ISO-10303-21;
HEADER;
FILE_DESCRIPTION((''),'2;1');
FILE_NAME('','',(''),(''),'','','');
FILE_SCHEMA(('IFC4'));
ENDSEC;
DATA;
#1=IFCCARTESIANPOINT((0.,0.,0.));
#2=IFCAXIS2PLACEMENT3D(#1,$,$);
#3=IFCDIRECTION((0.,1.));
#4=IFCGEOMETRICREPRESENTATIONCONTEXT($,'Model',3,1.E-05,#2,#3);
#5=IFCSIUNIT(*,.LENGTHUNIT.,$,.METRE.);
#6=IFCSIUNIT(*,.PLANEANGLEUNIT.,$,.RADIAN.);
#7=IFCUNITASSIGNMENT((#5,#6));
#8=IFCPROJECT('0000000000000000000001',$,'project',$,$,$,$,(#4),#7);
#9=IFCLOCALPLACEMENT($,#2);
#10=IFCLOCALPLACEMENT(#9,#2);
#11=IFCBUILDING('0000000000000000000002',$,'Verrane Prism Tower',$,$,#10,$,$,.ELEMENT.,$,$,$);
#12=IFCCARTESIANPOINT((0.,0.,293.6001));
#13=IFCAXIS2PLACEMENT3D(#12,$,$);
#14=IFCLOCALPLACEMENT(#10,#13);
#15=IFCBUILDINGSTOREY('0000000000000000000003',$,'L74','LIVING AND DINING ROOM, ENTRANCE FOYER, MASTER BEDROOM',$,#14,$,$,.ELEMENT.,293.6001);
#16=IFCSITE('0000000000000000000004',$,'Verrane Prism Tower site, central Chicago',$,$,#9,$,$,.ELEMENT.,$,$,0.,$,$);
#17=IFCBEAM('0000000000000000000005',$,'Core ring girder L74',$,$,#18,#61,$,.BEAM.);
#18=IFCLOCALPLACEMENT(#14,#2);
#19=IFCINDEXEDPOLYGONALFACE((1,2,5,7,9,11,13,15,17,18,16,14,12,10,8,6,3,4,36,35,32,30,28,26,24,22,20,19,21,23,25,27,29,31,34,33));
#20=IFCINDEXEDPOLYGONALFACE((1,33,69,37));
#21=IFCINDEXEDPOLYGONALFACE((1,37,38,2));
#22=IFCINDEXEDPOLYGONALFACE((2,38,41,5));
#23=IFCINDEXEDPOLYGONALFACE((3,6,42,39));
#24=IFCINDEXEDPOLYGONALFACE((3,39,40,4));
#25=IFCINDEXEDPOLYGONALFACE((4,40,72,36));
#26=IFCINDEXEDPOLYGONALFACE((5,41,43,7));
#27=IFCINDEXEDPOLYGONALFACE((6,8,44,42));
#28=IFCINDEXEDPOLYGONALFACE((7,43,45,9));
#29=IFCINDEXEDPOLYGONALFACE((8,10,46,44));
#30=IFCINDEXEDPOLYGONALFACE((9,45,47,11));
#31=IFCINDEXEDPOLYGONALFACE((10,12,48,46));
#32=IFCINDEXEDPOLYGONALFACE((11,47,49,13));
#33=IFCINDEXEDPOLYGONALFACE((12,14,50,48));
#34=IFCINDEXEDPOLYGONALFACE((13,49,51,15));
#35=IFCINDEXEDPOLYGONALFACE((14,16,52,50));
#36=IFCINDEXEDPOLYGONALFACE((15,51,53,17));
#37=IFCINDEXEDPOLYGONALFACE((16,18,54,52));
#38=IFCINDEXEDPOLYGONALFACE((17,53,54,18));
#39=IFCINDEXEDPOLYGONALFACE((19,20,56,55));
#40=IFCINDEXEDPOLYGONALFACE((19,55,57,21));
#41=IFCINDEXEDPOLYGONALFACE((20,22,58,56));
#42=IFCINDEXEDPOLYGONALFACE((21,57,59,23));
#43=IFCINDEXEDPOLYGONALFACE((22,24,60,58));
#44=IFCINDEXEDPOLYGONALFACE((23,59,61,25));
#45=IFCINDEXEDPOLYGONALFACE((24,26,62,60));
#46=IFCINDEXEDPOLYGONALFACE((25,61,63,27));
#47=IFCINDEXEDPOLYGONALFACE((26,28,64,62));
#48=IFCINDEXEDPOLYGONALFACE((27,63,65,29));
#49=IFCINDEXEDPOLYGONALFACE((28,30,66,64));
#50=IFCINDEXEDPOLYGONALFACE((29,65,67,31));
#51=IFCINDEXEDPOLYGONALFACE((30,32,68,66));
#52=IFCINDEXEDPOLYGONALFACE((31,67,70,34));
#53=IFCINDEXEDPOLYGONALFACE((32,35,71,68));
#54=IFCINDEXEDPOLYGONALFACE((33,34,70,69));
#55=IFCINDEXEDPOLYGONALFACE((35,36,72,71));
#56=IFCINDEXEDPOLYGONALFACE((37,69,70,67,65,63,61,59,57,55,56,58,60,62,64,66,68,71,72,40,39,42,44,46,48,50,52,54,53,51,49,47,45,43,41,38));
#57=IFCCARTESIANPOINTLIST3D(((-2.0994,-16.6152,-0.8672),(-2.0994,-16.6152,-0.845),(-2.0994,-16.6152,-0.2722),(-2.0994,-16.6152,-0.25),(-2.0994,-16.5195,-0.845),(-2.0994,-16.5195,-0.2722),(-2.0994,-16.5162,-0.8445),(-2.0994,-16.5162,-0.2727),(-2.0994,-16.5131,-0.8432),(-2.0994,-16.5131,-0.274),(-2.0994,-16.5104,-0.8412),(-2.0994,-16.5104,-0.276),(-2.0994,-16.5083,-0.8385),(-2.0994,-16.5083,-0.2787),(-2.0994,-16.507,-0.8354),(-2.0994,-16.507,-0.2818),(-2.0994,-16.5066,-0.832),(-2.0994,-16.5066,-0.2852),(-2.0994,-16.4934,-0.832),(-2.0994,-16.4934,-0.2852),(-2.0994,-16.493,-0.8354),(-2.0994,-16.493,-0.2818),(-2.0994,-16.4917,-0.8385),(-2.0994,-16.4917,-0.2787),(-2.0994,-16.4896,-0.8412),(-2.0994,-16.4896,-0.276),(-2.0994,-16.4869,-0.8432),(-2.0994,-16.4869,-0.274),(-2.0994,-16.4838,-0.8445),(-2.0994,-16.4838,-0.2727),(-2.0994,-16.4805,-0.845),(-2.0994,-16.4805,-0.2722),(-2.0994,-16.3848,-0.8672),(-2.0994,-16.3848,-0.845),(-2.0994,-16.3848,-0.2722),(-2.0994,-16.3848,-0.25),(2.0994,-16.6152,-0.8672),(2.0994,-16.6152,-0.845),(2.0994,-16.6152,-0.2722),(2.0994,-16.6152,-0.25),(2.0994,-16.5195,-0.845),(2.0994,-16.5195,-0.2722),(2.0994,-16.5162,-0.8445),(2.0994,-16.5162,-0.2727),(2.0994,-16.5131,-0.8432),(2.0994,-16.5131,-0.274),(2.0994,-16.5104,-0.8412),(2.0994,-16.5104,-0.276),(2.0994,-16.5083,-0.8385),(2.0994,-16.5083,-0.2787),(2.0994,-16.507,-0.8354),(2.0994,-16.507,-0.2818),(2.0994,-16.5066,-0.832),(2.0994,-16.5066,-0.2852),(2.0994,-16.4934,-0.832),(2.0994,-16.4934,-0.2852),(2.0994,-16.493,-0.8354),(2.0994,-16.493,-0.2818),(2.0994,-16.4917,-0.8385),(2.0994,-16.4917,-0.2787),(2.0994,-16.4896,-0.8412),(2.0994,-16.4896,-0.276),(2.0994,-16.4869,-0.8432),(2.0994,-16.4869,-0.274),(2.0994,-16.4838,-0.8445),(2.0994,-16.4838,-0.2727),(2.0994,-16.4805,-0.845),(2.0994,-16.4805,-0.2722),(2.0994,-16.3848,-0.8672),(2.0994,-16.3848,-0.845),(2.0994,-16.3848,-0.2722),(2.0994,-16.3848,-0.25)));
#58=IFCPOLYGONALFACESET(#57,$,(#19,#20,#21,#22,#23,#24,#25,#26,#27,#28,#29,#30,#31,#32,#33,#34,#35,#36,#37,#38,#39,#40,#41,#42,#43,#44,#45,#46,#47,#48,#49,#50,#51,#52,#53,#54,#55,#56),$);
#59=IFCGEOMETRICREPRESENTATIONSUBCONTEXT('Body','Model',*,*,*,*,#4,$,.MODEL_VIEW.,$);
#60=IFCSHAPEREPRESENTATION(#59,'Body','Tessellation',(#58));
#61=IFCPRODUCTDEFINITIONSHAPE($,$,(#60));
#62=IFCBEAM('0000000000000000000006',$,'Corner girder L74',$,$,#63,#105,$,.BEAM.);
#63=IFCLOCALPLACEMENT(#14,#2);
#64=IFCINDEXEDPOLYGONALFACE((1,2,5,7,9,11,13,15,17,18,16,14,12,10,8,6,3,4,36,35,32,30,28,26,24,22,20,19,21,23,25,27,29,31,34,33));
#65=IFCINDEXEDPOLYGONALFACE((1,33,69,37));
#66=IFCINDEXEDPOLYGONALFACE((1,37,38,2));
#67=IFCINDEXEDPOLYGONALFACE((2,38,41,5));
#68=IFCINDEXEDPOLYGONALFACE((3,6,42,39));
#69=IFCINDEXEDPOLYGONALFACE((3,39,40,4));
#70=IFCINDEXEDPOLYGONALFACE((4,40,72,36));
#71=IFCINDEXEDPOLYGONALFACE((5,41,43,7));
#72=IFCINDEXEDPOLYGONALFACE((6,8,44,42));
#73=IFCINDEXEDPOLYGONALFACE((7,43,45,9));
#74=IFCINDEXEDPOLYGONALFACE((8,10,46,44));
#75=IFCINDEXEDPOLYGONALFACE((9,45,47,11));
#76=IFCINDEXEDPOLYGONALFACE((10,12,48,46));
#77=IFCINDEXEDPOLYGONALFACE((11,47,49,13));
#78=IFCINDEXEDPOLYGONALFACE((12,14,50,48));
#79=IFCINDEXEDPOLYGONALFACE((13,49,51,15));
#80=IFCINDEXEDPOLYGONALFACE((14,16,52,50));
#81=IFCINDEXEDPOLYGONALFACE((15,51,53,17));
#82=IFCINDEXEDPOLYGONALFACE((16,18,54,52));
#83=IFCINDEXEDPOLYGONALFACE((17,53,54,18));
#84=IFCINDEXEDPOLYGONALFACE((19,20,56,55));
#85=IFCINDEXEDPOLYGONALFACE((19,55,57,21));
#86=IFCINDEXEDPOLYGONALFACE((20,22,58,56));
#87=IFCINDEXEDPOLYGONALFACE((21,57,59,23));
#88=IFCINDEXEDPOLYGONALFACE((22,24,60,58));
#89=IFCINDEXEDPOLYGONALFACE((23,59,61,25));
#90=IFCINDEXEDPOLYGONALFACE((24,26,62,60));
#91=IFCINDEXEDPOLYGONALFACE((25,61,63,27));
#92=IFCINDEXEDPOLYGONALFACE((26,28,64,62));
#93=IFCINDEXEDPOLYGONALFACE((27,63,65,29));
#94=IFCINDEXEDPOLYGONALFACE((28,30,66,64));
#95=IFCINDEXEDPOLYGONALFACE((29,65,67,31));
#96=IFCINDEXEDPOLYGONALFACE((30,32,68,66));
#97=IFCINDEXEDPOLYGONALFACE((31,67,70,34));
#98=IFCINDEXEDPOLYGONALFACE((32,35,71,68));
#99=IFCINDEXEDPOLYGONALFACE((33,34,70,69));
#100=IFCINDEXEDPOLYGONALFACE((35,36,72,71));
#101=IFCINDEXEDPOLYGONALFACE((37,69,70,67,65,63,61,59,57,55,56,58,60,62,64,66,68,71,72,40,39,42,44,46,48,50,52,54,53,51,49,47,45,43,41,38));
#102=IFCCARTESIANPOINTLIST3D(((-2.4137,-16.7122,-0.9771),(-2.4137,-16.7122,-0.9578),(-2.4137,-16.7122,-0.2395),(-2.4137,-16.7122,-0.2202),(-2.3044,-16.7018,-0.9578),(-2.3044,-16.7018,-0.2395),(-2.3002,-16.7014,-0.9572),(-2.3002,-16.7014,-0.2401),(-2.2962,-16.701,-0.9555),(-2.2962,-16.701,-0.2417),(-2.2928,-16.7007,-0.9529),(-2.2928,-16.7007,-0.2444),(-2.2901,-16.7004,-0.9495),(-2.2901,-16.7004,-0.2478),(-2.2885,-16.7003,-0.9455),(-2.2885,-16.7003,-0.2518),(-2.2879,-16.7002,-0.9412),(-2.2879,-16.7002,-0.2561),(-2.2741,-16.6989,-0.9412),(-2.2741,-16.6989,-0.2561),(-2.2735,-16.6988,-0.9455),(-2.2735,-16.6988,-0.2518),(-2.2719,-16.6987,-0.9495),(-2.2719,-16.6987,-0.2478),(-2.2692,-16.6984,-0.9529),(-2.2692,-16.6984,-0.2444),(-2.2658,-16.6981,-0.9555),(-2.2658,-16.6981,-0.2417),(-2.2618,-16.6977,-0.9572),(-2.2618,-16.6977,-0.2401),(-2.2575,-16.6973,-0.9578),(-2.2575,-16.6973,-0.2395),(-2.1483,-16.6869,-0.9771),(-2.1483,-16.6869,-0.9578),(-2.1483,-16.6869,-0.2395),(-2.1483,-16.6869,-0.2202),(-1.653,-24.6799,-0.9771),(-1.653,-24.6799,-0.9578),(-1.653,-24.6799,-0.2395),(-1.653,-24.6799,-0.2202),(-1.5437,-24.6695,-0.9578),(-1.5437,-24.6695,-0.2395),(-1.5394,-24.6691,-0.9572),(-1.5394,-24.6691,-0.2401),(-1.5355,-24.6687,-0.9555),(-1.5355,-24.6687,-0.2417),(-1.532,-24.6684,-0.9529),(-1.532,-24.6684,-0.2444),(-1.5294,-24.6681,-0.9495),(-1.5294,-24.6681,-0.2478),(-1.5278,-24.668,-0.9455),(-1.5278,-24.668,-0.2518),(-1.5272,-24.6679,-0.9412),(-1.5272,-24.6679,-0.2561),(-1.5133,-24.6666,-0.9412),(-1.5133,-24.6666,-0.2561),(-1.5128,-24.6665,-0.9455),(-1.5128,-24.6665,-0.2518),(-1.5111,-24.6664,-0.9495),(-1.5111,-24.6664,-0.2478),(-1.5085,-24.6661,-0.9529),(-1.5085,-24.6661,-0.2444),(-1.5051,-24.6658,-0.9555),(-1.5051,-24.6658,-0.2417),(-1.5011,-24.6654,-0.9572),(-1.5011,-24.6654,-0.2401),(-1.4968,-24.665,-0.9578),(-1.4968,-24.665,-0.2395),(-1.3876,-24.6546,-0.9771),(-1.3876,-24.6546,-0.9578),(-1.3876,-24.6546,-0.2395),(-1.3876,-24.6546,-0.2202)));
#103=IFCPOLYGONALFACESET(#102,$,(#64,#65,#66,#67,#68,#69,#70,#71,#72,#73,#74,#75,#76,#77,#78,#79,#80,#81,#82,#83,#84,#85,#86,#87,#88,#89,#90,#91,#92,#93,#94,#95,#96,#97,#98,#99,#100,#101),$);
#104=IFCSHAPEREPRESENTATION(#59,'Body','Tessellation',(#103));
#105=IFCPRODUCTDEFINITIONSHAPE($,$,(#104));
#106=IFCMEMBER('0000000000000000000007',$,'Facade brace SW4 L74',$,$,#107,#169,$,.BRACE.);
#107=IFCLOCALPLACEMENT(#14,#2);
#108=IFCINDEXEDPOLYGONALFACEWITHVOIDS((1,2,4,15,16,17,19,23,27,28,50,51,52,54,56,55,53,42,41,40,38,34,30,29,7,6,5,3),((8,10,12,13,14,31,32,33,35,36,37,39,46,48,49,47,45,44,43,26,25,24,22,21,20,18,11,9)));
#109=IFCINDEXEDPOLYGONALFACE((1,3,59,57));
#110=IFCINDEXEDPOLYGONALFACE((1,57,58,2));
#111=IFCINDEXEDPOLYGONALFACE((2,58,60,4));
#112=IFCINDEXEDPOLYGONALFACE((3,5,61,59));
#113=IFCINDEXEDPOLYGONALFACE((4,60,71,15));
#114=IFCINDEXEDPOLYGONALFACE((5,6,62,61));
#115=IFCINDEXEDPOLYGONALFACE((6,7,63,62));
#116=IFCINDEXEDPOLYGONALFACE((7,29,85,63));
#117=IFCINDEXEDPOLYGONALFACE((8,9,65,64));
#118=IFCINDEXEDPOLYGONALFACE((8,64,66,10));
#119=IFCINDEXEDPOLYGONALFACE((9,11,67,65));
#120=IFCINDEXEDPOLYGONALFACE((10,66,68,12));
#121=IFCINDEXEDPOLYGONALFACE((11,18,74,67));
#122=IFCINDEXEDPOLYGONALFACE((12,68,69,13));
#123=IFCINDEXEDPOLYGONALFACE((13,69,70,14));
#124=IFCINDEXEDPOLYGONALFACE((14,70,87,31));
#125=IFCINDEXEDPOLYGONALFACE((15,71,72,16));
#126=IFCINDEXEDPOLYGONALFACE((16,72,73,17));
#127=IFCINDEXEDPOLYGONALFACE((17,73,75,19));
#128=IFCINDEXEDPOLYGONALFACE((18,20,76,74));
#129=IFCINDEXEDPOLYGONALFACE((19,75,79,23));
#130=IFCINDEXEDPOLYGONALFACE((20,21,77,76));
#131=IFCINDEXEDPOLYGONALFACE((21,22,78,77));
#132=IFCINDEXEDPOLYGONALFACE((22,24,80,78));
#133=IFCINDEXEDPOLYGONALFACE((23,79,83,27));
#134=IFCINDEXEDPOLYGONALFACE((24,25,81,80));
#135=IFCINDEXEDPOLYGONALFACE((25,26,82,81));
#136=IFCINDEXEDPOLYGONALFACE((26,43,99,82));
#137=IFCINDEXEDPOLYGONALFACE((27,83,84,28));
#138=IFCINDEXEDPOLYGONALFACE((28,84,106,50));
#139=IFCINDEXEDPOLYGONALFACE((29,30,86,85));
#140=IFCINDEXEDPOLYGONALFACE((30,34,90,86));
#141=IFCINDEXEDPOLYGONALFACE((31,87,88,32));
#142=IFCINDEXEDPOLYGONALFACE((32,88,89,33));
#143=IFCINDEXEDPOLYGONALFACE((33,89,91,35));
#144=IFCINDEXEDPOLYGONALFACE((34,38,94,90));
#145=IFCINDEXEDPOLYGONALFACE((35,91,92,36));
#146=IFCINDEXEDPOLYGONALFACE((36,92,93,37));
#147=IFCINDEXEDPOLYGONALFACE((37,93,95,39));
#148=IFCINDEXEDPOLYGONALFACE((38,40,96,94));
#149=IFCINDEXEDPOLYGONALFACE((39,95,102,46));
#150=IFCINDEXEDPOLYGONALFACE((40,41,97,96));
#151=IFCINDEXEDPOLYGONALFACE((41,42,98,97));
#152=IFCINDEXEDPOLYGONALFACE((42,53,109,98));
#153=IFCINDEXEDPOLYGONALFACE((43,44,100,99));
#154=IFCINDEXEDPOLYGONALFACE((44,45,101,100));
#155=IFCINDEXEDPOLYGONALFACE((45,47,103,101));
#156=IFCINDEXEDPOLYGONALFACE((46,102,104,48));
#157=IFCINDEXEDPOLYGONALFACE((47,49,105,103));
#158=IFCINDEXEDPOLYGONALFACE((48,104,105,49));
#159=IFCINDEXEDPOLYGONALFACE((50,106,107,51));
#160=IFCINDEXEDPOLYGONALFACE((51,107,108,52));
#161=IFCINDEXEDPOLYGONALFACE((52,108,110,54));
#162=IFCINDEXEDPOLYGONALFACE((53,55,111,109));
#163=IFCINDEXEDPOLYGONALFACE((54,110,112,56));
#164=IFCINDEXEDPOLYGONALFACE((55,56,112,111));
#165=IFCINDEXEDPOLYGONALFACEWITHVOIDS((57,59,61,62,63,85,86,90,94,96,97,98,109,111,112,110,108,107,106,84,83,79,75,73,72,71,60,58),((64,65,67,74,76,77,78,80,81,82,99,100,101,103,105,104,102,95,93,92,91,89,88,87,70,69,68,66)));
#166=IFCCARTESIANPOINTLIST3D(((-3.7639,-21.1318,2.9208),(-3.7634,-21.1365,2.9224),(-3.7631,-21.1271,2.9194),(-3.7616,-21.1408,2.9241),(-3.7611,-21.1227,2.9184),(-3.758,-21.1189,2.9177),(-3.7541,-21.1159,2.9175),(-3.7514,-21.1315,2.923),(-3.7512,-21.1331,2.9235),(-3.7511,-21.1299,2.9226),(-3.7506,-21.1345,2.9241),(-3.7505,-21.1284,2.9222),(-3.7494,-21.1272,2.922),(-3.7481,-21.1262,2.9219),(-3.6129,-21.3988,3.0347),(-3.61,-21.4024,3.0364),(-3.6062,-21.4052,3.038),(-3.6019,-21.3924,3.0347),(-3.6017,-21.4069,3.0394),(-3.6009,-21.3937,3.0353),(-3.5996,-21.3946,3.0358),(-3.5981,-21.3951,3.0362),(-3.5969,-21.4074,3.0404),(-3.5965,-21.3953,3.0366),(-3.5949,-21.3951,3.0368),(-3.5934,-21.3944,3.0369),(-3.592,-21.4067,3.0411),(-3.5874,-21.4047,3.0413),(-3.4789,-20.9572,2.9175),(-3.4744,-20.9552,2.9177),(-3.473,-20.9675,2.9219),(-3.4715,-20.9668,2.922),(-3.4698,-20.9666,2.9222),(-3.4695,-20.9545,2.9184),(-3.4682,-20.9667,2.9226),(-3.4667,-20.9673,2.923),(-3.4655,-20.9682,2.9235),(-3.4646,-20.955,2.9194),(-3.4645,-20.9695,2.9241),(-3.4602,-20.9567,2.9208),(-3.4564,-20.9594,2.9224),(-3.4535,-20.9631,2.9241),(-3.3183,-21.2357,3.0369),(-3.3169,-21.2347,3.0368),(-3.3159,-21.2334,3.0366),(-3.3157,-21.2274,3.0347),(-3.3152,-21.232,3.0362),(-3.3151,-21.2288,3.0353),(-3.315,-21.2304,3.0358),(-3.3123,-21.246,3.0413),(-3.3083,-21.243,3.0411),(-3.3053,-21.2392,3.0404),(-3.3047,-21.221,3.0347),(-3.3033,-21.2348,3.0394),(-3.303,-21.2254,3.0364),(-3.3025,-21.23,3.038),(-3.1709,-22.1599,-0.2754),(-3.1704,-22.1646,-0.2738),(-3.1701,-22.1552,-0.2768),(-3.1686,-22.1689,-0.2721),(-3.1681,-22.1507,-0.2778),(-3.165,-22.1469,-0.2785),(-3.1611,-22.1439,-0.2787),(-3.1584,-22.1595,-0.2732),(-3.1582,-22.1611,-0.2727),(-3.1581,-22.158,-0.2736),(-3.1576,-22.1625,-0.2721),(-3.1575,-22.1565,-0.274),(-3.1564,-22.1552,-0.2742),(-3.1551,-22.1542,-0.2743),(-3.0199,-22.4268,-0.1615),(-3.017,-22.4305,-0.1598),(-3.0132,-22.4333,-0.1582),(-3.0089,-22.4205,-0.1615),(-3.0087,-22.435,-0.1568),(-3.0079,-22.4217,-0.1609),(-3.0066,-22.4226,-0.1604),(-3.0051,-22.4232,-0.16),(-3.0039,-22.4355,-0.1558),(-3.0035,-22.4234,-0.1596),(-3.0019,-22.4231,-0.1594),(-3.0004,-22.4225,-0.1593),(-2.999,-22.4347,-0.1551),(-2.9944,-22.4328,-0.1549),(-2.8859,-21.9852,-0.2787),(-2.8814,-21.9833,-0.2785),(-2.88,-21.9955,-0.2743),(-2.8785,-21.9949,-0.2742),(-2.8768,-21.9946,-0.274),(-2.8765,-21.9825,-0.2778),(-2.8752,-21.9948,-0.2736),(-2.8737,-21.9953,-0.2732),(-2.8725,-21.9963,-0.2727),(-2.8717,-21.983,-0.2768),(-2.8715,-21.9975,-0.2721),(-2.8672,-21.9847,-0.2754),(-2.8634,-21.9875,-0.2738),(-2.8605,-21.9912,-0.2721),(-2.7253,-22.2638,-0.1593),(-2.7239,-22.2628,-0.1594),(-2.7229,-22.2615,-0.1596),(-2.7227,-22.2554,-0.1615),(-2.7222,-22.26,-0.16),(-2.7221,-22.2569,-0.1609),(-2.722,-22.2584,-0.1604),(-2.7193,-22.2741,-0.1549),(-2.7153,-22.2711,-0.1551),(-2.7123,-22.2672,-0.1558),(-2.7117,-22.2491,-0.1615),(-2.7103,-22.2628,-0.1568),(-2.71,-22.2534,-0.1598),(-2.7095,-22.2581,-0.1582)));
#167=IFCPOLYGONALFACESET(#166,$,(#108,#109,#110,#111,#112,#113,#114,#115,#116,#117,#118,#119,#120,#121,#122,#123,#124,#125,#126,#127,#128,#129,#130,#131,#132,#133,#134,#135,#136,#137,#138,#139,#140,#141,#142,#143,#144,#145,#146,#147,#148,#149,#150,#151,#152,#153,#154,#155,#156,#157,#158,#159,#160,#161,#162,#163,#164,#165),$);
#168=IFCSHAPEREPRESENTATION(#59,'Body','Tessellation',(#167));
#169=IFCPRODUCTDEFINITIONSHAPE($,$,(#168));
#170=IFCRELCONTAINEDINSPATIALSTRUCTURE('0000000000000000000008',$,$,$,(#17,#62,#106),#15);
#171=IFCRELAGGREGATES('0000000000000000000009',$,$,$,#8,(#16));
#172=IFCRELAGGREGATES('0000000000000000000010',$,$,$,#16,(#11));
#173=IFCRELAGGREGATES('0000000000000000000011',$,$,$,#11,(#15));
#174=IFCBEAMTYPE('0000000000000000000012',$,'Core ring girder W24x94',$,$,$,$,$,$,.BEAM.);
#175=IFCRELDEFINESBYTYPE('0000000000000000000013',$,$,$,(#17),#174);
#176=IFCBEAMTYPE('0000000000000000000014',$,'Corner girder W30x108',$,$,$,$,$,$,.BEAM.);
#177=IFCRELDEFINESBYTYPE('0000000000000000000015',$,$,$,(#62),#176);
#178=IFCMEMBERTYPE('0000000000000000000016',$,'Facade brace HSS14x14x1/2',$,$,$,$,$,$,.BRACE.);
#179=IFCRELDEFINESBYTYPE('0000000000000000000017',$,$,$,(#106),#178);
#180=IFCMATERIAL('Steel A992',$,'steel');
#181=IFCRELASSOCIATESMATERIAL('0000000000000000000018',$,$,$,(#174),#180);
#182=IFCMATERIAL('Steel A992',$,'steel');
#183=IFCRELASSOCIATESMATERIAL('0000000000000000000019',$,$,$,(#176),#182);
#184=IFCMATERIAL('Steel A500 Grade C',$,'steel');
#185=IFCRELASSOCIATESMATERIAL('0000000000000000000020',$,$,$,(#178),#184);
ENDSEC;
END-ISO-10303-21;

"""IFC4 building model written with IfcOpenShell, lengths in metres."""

from ifc_helpers import new_model, si_unit, direction, frame, origin, origin_2d, place, context, subcontext, project, spatial, hollow_rectangle, i_section, extrude, material, material_profile, profile_set, type_object, element, save


model = new_model("IFC4")

# Units and contexts
model_context = context("Model", 3, precision=1e-05, world=origin(), true_north=direction((0.0, 1.0)))
body_context = subcontext(model_context, "Body", "Model", "MODEL_VIEW")
ifc_project = project(units=[si_unit("LENGTHUNIT", "METRE"), si_unit("PLANEANGLEUNIT", "RADIAN")], contexts=[model_context])

# Site, building, storey
site_placement = place(None, origin())
site = spatial("IfcSite", under=ifc_project, at=site_placement, Name="Verrane Prism Tower site, central Chicago", CompositionType="ELEMENT", RefElevation=0.0)
building_placement = place(site_placement, origin())
building = spatial("IfcBuilding", under=site, at=building_placement, Name="Verrane Prism Tower", CompositionType="ELEMENT")
storey_placement = place(building_placement, frame((0.0, 0.0, 293.6001)))
storey = spatial("IfcBuildingStorey", under=building, at=storey_placement, Name="L74", Description="LIVING AND DINING ROOM, ENTRANCE FOYER, MASTER BEDROOM", CompositionType="ELEMENT", Elevation=293.6001)

# Beams
ifc_material_1 = material(Name="Steel A992", Category="steel")
ifc_material_profile_1 = material_profile(ifc_material_1, i_section(OverallWidth=0.2305, OverallDepth=0.6172, WebThickness=0.0132, FlangeThickness=0.0222, FilletRadius=0.0129, at=origin_2d()), Name="W24x94")
ifc_profile_set_1 = profile_set([ifc_material_profile_1], Name="Steel A992")
beam_type_1 = type_object("IfcBeamType", Name="Core ring girder W24x94", PredefinedType="BEAM", material=ifc_profile_set_1)
beam_1_placement = place(storey_placement, frame((-2.0994, -16.5, -0.5586), z_axis=(1.0, 0.0, 0.0), x_axis=(0.0, 1.0, 0.0)))
element("IfcBeam", 1, at=beam_1_placement, inside=storey, type_object=beam_type_1, Name="Core ring girder L74", PredefinedType="BEAM", context=body_context, shape_type="SweptSolid", body=[
    extrude(i_section(OverallWidth=0.2305, OverallDepth=0.6172, WebThickness=0.0132, FlangeThickness=0.0222, FilletRadius=0.0129, at=origin_2d()), origin(), (0.0, 0.0, 1.0), 4.1987),
])
ifc_material_2 = material(Name="Steel A992", Category="steel")
ifc_material_profile_2 = material_profile(ifc_material_2, i_section(OverallWidth=0.2666, OverallDepth=0.7568, WebThickness=0.0139, FlangeThickness=0.0193, FilletRadius=0.0166, at=origin_2d()), Name="W30x108")
ifc_profile_set_2 = profile_set([ifc_material_profile_2], Name="Steel A992")
beam_type_2 = type_object("IfcBeamType", Name="Corner girder W30x108", PredefinedType="BEAM", material=ifc_profile_set_2)
beam_2_placement = place(storey_placement, frame((-1.5203, -24.6672, -0.5986), z_axis=(-0.095045, 0.995473, 0.0), x_axis=(-0.995473, -0.095045, 0.0)))
element("IfcBeam", 2, at=beam_2_placement, inside=storey, type_object=beam_type_2, Name="Corner girder L74", PredefinedType="BEAM", context=body_context, shape_type="SweptSolid", body=[
    extrude(i_section(OverallWidth=0.2666, OverallDepth=0.7568, WebThickness=0.0139, FlangeThickness=0.0193, FilletRadius=0.0166, at=origin_2d()), origin(), (0.0, 0.0, 1.0), 8.0039),
])

# Member
ifc_material_3 = material(Name="Steel A500 Grade C", Category="steel")
ifc_material_profile_3 = material_profile(ifc_material_3, hollow_rectangle(XDim=0.3557, YDim=0.3557, WallThickness=0.0127, InnerFilletRadius=0.0063, OuterFilletRadius=0.019, at=origin_2d()), Name="HSS14x14x1/2")
ifc_profile_set_3 = profile_set([ifc_material_profile_3], Name="Steel A500 Grade C")
member_type_1 = type_object("IfcMemberType", Name="Facade brace HSS14x14x1/2", PredefinedType="BRACE", material=ifc_profile_set_3)
member_1_placement = place(storey_placement, frame((-2.9402, -22.209, -0.2168), z_axis=(-0.17393, 0.30153, 0.937458), x_axis=(-0.866223, -0.499657, 0.0)))
element("IfcMember", 3, at=member_1_placement, inside=storey, type_object=member_type_1, Name="Facade brace SW4 L74", PredefinedType="BRACE", context=body_context, shape_type="SweptSolid", body=[
    extrude(hollow_rectangle(XDim=0.3557, YDim=0.3557, WallThickness=0.0127, InnerFilletRadius=0.0063, OuterFilletRadius=0.019, at=origin_2d()), origin(), (0.0, 0.0, 1.0), 3.4094),
])

save(model, "model.ifc")
